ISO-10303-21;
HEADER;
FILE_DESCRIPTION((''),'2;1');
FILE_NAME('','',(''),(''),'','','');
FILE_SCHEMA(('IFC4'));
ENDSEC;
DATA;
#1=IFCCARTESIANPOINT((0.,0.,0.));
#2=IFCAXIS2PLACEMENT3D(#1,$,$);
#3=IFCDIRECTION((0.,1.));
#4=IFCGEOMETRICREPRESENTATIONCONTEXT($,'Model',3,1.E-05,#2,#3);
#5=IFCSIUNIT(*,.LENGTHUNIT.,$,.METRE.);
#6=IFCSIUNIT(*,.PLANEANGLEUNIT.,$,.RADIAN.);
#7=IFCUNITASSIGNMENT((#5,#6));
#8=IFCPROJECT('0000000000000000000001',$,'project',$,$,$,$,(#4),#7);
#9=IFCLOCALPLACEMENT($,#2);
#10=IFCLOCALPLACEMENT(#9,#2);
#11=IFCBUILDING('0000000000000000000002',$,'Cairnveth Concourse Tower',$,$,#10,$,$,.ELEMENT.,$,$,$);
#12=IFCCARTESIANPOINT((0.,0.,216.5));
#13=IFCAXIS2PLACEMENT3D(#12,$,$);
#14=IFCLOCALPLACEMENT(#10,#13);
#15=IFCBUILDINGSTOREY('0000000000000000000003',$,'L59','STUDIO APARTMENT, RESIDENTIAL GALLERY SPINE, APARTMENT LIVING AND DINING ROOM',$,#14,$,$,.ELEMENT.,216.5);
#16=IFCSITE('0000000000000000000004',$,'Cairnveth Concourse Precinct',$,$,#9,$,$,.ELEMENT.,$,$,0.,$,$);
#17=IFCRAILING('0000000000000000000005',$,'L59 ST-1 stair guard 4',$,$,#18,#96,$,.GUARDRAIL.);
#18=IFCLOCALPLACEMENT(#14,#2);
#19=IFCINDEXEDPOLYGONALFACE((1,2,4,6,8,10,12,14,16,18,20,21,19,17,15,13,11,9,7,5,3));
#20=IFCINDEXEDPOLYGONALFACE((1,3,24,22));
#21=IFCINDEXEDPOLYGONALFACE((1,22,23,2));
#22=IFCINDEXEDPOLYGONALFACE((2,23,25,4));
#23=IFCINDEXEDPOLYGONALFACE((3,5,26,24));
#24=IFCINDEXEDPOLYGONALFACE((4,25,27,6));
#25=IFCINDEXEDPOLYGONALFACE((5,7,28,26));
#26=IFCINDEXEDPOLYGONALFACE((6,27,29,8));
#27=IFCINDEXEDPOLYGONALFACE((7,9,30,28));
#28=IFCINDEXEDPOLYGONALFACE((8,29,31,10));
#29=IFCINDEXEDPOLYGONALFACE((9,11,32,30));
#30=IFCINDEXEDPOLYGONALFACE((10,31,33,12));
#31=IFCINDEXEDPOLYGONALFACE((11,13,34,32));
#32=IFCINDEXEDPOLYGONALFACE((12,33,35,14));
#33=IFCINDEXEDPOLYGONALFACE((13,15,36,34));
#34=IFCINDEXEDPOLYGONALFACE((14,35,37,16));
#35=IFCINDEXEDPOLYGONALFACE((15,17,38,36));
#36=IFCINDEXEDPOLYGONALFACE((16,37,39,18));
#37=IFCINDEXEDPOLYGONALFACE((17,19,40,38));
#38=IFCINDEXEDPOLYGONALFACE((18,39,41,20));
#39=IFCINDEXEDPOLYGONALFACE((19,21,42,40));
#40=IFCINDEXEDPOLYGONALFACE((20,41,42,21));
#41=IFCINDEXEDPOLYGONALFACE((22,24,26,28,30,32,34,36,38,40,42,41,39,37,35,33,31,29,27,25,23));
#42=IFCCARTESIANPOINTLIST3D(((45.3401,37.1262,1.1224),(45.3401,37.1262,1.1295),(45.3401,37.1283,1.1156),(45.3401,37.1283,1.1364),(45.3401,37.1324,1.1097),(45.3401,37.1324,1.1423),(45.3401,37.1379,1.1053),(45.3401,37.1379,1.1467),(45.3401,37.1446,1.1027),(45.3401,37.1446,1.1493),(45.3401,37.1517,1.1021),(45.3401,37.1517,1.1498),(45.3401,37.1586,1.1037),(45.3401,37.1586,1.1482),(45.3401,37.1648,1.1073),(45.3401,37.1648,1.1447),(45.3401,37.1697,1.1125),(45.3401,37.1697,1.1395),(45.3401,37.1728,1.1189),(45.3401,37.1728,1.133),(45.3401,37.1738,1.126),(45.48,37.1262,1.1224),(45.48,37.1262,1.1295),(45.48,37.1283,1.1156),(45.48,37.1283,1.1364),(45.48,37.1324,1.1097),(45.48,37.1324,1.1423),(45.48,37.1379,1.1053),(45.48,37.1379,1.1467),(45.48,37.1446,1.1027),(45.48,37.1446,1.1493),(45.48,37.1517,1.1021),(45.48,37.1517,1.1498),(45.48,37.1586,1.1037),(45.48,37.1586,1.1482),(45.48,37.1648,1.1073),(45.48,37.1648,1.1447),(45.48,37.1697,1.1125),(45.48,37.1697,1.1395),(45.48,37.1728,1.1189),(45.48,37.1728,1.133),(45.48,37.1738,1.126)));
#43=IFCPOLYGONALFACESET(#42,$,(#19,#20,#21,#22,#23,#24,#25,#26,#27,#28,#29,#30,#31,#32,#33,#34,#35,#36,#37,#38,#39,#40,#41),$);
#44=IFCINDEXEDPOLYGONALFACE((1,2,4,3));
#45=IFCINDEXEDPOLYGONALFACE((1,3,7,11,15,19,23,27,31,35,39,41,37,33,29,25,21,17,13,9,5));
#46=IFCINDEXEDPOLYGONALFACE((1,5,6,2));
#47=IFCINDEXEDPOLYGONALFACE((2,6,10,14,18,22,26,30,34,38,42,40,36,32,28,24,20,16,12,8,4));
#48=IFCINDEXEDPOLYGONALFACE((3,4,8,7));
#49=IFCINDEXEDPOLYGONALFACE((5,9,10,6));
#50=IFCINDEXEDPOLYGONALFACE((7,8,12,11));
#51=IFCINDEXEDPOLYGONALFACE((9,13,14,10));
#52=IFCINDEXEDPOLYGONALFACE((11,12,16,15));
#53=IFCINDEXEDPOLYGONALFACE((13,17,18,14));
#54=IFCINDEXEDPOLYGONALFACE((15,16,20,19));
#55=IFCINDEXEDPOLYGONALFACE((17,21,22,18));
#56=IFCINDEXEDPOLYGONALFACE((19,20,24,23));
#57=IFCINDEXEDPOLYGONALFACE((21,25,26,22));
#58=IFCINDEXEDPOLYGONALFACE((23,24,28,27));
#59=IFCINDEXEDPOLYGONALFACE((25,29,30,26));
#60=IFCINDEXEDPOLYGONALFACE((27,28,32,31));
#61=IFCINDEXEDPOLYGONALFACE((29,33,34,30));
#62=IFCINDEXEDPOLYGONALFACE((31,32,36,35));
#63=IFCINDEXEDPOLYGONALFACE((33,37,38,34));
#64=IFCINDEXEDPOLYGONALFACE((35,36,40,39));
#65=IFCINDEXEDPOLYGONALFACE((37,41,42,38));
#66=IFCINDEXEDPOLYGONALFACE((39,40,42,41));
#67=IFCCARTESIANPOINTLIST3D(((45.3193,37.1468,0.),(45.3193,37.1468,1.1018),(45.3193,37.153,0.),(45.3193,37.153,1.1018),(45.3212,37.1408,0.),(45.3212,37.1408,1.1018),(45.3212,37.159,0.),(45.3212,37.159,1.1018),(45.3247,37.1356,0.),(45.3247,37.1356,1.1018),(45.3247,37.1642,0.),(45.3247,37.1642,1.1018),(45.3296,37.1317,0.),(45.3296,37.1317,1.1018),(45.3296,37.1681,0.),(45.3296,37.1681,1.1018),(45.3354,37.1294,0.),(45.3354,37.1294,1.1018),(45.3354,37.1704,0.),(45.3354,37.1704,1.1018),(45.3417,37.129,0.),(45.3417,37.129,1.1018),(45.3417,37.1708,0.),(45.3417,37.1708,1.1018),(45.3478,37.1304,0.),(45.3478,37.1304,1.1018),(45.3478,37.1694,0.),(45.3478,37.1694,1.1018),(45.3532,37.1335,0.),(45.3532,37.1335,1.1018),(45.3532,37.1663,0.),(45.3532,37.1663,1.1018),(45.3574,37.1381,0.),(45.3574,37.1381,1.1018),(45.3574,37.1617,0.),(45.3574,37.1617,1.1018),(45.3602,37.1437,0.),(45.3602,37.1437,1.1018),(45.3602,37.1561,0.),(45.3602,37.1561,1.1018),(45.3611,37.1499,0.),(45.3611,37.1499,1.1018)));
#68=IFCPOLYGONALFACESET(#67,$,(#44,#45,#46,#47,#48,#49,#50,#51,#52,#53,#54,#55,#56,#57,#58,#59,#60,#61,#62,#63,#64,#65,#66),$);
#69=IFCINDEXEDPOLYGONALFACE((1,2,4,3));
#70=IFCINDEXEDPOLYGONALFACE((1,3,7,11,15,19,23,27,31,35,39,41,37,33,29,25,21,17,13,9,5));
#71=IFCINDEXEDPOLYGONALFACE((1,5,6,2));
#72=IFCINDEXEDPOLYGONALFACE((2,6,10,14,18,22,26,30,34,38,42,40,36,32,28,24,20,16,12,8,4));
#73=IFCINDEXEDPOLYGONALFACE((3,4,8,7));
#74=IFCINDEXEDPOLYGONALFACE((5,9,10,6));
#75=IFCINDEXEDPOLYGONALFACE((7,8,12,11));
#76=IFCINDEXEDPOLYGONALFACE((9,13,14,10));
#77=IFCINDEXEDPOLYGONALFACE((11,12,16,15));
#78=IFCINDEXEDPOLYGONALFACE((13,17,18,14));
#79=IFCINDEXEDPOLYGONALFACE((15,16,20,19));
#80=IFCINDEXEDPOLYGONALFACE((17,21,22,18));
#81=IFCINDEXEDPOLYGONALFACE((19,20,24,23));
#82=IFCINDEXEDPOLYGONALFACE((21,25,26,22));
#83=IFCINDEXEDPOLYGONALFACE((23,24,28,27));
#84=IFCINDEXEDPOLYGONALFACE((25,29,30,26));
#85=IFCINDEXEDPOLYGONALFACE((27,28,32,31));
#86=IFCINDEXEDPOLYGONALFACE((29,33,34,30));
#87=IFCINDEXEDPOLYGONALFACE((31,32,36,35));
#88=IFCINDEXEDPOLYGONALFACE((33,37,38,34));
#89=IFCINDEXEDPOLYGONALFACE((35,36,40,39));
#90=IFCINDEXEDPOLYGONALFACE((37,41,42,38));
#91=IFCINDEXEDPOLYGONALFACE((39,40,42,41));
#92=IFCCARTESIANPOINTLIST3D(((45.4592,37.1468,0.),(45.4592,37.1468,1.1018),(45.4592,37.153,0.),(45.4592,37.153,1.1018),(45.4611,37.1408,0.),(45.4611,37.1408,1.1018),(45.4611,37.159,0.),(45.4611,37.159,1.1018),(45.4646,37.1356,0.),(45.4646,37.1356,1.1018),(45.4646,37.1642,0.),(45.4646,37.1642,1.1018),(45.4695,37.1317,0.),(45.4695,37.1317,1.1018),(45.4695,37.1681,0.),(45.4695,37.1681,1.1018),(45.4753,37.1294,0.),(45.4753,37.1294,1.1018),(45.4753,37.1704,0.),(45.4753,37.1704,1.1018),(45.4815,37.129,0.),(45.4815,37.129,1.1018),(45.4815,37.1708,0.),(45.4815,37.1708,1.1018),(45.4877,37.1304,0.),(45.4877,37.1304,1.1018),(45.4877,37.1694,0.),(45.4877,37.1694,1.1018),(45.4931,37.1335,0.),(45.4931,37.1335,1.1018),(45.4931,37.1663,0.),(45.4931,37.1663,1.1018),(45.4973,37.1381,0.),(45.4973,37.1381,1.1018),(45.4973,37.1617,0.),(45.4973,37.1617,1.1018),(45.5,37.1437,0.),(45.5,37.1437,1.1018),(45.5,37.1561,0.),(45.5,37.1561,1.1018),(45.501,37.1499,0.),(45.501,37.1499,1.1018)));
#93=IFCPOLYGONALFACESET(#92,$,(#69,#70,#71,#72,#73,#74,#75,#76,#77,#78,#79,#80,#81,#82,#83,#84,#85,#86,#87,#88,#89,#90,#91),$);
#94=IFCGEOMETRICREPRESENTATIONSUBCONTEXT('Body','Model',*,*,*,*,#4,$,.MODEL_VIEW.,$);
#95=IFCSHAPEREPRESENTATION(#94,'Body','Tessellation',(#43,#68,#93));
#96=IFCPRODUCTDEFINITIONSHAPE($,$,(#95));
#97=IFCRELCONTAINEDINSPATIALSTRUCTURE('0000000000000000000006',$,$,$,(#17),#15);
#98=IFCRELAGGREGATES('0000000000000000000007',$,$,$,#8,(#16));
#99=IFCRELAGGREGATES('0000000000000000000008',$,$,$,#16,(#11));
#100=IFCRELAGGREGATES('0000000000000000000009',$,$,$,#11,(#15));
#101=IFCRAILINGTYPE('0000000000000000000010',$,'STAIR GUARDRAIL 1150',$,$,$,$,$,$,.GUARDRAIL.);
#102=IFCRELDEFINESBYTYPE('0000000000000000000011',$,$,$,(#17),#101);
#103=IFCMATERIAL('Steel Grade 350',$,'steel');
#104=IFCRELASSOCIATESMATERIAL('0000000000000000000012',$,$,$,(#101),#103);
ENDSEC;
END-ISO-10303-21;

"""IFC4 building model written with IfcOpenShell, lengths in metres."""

from ifc_helpers import new_model, si_unit, direction, frame, origin, origin_2d, place, context, subcontext, project, spatial, circle, extrude, material, type_object, element, save


model = new_model("IFC4")

# Units and contexts
model_context = context("Model", 3, precision=1e-05, world=origin(), true_north=direction((0.0, 1.0)))
body_context = subcontext(model_context, "Body", "Model", "MODEL_VIEW")
ifc_project = project(units=[si_unit("LENGTHUNIT", "METRE"), si_unit("PLANEANGLEUNIT", "RADIAN")], contexts=[model_context])

# Site, building, storey
site_placement = place(None, origin())
site = spatial("IfcSite", under=ifc_project, at=site_placement, Name="Cairnveth Concourse Precinct", CompositionType="ELEMENT", RefElevation=0.0)
building_placement = place(site_placement, origin())
building = spatial("IfcBuilding", under=site, at=building_placement, Name="Cairnveth Concourse Tower", CompositionType="ELEMENT")
storey_placement = place(building_placement, frame((0.0, 0.0, 216.5)))
storey = spatial("IfcBuildingStorey", under=building, at=storey_placement, Name="L59", Description="STUDIO APARTMENT, RESIDENTIAL GALLERY SPINE, APARTMENT LIVING AND DINING ROOM", CompositionType="ELEMENT", Elevation=216.5)

# Shared definitions
ifc_material_1 = material(Name="Steel Grade 350", Category="steel")

# Railing
railing_type_1 = type_object("IfcRailingType", Name="STAIR GUARDRAIL 1150", PredefinedType="GUARDRAIL", material=ifc_material_1)
railing_1_placement = place(storey_placement, frame((45.3401, 37.1499, 0.0)))
element("IfcRailing", 1, at=railing_1_placement, inside=storey, type_object=railing_type_1, Name="L59 ST-1 stair guard 4", PredefinedType="GUARDRAIL", context=body_context, shape_type="SweptSolid", body=[
    extrude(circle(Radius=0.0239, at=origin_2d()), frame((0.0, 0.0, 1.126), z_axis=(1.0, 0.0, 0.0), x_axis=(0.0, 1.0, 0.0)), (0.0, 0.0, 1.0), 0.1399),
    extrude(circle(Radius=0.021, at=origin_2d()), origin(), (0.0, 0.0, 1.0), 1.1018),
    extrude(circle(Radius=0.021, at=origin_2d()), frame((0.1399, 0.0, 0.0)), (0.0, 0.0, 1.0), 1.1018),
])

save(model, "model.ifc")
